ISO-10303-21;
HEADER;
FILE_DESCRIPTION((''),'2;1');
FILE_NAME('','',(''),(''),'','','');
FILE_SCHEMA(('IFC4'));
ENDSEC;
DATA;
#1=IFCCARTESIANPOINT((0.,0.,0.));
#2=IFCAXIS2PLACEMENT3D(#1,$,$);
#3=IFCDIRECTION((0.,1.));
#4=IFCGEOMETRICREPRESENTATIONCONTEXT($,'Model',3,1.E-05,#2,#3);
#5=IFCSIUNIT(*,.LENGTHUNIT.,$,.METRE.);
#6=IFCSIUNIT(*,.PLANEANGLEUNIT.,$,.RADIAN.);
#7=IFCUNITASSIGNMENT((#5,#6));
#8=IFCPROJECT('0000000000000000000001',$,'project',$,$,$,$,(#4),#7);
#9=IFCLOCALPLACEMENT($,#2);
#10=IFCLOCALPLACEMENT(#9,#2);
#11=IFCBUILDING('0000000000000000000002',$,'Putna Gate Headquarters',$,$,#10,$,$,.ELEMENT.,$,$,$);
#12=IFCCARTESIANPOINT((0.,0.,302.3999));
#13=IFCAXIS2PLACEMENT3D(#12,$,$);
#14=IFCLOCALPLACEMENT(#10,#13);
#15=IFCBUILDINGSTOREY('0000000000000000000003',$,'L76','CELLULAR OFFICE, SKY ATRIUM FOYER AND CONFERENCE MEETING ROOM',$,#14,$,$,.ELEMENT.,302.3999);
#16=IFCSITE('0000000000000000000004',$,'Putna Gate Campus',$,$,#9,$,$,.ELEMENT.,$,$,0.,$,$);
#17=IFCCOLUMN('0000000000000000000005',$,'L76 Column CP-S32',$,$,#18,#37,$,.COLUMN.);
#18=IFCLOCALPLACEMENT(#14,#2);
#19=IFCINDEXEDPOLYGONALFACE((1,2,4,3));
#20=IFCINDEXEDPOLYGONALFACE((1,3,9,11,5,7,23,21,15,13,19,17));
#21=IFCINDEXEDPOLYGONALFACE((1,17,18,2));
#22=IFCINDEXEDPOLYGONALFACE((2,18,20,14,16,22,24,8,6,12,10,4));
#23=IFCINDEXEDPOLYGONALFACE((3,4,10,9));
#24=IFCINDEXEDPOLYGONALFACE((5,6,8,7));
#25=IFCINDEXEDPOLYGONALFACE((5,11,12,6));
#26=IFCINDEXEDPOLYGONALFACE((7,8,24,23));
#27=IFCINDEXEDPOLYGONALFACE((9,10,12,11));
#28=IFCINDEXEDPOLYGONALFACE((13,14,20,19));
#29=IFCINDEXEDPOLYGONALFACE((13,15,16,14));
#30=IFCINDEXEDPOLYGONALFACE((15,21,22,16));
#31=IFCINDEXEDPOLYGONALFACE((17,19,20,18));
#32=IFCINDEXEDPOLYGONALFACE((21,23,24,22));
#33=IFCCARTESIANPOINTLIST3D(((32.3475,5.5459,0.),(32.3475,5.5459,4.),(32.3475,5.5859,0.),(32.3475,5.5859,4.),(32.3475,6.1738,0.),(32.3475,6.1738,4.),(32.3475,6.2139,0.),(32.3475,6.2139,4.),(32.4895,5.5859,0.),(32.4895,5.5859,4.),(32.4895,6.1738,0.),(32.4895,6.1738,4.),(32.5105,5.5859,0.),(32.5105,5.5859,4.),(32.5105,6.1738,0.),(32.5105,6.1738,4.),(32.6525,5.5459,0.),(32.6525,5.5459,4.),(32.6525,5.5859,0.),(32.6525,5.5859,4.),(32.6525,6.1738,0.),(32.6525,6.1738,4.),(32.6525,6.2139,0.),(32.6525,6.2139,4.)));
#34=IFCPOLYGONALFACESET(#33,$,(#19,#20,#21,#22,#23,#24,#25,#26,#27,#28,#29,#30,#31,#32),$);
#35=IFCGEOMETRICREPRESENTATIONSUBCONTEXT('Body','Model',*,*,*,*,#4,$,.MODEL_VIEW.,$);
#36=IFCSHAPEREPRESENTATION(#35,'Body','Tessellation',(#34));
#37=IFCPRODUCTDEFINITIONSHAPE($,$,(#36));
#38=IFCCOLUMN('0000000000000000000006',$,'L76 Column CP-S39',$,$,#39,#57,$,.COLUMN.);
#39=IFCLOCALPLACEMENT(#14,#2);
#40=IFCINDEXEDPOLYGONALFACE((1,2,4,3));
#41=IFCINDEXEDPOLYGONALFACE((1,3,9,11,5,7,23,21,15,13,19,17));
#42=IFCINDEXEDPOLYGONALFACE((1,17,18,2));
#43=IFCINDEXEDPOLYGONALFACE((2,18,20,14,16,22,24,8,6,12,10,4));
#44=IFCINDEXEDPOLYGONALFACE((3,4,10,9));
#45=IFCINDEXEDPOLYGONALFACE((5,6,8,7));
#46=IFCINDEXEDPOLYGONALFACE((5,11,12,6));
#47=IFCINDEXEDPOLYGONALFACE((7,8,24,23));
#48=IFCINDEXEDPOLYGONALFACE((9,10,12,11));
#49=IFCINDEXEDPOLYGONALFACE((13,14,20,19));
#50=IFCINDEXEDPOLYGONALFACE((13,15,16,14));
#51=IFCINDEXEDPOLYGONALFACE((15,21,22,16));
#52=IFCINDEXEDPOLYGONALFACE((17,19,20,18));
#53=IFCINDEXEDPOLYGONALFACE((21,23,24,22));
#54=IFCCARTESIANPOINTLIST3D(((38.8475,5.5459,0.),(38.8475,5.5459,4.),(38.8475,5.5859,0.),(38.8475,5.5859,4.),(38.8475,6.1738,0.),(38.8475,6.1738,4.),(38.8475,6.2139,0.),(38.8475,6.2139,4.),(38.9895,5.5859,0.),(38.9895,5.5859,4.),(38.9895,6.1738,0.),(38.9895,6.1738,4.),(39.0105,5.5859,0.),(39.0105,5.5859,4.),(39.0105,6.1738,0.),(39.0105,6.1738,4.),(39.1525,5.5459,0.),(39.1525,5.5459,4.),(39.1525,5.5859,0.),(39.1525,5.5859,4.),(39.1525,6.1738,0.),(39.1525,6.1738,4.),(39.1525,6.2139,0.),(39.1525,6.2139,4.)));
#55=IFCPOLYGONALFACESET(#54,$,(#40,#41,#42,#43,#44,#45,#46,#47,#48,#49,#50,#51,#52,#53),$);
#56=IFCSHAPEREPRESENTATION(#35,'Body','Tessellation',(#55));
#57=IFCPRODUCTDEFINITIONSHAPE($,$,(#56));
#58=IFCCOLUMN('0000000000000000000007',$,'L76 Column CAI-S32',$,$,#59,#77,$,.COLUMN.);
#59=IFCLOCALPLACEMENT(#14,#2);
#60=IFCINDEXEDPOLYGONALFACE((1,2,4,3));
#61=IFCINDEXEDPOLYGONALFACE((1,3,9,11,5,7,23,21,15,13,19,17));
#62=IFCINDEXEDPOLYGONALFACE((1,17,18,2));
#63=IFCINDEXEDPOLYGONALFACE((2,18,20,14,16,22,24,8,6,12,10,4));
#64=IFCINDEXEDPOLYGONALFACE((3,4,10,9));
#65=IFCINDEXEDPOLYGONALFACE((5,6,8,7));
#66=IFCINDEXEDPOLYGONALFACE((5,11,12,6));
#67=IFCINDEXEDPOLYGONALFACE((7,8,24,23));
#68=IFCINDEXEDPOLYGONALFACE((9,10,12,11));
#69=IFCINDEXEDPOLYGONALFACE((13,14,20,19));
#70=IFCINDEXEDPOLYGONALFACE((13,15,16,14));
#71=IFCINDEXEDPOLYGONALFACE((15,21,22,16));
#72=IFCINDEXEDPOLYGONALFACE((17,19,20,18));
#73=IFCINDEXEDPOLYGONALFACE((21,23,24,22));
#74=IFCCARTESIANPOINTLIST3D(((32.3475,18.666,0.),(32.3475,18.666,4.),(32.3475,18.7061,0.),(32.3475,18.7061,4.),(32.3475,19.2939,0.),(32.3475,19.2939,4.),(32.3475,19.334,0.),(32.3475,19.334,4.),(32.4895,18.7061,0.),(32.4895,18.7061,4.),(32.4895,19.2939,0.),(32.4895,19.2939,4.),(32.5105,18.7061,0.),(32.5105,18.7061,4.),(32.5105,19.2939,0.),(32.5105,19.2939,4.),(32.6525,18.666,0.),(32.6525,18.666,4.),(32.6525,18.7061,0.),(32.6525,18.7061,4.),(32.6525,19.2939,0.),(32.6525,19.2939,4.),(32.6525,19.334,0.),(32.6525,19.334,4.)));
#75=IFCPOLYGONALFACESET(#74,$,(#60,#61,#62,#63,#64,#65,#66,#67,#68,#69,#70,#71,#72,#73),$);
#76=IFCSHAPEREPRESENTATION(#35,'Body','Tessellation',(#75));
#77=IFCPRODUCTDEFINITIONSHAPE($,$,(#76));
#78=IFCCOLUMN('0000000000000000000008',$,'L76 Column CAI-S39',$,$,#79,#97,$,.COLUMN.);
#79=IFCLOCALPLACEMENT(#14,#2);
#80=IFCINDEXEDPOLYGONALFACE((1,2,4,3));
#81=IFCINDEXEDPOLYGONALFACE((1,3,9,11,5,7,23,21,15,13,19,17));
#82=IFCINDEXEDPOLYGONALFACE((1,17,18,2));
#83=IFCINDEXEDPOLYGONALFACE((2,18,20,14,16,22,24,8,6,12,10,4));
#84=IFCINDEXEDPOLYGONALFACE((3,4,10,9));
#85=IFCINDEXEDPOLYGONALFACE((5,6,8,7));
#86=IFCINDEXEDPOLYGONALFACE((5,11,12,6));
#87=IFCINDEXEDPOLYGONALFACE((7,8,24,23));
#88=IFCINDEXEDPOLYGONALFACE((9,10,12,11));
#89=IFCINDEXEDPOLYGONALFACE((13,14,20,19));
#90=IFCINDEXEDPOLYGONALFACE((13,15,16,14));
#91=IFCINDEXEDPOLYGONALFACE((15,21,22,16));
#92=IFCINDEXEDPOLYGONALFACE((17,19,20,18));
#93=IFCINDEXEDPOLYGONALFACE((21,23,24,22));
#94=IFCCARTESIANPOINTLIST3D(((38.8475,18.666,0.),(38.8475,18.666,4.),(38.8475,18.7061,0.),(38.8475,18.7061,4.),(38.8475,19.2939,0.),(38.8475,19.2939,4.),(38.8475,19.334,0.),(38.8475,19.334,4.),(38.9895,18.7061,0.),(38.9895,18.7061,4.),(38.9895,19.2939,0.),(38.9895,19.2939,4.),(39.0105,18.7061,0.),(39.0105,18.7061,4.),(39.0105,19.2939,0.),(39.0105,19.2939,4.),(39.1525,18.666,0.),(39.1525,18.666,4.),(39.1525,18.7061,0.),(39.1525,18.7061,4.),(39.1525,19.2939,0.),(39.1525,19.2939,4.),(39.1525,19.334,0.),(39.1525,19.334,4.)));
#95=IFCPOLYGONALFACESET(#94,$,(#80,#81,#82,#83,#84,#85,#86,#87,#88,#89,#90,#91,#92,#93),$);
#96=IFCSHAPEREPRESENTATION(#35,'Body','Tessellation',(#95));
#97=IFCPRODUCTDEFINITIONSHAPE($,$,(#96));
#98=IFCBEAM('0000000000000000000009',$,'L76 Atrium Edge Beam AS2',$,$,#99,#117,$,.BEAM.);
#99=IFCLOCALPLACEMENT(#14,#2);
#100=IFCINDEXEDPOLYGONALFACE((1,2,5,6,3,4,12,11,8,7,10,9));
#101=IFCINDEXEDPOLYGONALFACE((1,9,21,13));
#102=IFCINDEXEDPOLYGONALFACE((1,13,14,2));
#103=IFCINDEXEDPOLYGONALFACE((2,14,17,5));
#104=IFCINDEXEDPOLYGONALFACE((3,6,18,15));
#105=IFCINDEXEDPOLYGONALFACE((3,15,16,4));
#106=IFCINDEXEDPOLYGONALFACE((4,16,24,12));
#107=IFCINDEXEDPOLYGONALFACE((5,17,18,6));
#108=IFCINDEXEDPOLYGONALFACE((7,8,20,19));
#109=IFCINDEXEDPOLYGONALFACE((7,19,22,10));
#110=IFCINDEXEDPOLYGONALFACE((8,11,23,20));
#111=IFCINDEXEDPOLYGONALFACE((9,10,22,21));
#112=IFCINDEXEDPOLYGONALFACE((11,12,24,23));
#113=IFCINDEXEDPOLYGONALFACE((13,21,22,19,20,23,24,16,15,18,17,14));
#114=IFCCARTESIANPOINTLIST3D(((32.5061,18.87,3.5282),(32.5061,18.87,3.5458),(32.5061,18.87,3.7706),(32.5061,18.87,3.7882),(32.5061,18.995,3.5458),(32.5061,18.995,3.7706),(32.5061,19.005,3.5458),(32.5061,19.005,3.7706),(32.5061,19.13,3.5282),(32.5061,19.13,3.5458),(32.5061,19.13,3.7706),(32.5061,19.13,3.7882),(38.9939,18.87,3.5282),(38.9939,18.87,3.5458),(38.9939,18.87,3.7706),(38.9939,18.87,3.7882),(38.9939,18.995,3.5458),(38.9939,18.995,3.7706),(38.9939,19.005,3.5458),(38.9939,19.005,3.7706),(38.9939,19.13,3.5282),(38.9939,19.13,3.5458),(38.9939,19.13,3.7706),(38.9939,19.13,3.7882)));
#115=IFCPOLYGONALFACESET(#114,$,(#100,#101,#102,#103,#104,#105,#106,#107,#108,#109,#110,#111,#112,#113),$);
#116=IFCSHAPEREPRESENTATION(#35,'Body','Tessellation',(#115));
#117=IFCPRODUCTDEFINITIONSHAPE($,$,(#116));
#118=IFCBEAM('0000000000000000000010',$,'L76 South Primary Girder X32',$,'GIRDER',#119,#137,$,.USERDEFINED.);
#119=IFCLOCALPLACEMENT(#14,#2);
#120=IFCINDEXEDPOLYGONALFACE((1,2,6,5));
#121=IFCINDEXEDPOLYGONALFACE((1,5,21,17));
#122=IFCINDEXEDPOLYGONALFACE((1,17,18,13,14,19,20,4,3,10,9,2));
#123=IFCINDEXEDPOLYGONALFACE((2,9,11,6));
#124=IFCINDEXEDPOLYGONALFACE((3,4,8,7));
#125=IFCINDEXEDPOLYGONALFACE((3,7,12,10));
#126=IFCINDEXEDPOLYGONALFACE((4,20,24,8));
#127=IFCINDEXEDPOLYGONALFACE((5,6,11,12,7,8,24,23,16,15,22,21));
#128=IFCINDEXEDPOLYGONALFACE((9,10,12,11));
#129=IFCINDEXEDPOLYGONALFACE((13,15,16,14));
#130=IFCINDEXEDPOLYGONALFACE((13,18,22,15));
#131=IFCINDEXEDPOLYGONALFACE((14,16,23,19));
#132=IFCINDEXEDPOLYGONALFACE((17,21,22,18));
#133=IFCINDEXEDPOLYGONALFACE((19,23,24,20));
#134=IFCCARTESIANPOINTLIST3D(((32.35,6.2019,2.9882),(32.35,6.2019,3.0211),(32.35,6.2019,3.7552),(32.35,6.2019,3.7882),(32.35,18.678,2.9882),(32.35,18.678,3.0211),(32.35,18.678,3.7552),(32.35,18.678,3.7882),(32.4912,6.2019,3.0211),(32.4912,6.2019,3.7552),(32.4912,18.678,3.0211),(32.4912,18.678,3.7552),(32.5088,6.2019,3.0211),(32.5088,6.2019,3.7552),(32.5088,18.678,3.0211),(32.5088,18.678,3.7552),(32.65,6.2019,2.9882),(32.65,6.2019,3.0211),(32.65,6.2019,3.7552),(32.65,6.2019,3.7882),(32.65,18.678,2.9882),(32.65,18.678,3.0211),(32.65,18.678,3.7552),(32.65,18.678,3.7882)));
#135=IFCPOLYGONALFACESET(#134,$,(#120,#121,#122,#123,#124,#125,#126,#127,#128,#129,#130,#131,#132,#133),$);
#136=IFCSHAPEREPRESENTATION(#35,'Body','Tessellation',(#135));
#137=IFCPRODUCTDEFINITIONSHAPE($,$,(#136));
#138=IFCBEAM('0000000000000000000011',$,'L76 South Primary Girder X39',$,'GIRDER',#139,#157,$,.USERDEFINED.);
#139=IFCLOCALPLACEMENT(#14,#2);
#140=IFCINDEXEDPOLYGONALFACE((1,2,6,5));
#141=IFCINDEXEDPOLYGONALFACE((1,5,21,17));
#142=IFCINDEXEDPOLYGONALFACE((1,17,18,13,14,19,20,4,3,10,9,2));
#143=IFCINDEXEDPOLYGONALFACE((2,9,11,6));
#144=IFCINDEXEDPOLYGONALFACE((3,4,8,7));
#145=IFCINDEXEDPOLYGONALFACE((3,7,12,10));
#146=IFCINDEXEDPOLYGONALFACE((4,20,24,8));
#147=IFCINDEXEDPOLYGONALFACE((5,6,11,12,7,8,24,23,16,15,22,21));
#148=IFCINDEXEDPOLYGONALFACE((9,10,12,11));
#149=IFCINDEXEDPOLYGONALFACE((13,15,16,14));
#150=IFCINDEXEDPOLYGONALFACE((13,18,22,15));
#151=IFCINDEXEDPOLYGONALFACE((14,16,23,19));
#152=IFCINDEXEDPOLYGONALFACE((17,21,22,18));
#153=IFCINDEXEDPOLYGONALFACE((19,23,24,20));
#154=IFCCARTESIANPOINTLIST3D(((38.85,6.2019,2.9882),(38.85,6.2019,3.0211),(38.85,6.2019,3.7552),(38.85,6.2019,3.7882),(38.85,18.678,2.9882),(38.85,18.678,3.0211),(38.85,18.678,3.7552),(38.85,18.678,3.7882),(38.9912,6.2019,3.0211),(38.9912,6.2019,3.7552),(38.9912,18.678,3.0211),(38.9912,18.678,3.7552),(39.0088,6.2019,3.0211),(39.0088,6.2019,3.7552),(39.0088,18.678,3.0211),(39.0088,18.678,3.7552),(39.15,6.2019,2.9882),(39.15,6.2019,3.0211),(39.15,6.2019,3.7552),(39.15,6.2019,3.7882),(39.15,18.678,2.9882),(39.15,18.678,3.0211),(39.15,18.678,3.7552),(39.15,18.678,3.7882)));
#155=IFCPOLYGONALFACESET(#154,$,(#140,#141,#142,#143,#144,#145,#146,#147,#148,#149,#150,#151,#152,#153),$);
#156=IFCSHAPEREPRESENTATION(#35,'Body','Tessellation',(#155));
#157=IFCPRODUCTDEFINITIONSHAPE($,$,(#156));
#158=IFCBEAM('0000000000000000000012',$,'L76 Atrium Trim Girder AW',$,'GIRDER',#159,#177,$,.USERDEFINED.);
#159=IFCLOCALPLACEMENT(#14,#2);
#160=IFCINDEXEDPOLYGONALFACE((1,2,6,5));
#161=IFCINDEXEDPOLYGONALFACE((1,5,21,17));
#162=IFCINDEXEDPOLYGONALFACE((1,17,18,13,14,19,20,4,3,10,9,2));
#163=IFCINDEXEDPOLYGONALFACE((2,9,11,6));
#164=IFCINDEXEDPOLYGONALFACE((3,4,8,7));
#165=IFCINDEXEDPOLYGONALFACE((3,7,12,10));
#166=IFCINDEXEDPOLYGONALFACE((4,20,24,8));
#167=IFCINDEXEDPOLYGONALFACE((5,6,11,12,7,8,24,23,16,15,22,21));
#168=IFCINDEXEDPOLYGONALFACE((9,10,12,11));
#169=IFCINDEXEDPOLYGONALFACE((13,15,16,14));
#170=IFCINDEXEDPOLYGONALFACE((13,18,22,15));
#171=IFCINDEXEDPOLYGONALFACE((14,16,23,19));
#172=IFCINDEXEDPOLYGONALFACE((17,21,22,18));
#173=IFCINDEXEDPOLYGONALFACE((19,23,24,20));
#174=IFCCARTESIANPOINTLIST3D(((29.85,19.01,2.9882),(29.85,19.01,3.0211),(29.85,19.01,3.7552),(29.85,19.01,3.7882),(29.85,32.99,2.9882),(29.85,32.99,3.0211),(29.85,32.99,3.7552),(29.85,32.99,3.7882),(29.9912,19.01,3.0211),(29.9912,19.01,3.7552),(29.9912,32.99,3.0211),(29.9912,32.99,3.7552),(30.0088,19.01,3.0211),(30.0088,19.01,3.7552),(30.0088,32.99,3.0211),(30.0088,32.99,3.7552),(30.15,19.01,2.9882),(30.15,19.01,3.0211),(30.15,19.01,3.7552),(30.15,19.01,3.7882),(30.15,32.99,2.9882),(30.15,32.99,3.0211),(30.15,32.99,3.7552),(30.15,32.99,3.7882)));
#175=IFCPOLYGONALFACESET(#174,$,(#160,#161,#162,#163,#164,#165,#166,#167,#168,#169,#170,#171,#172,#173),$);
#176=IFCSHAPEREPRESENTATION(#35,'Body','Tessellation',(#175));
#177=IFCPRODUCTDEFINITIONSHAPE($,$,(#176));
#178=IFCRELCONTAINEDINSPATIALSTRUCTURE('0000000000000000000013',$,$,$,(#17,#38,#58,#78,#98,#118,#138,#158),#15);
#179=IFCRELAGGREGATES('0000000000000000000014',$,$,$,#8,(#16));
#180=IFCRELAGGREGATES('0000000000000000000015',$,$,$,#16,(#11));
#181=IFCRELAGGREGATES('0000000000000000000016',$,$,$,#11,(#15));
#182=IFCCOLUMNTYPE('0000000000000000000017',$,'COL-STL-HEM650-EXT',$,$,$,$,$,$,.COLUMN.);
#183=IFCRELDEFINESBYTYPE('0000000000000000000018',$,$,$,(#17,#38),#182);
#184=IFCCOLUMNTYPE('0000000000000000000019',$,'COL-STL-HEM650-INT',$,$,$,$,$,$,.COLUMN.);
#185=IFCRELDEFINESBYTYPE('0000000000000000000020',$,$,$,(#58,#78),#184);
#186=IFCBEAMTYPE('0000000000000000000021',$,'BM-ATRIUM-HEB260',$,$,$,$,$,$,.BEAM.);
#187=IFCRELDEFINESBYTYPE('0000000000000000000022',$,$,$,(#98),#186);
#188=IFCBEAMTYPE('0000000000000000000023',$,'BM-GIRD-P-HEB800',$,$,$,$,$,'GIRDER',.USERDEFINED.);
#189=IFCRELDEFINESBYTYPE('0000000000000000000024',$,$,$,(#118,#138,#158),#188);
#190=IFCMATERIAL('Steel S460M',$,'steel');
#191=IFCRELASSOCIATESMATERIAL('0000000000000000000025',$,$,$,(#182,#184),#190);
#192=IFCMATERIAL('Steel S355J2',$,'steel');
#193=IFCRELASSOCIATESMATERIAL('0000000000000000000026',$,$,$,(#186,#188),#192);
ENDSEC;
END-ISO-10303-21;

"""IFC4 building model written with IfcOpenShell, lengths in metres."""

from ifc_helpers import new_model, si_unit, direction, frame, origin, origin_2d, place, context, subcontext, project, spatial, i_section, extrude, material, material_profile, profile_set, type_object, element, save


model = new_model("IFC4")

# Units and contexts
model_context = context("Model", 3, precision=1e-05, world=origin(), true_north=direction((0.0, 1.0)))
body_context = subcontext(model_context, "Body", "Model", "MODEL_VIEW")
ifc_project = project(units=[si_unit("LENGTHUNIT", "METRE"), si_unit("PLANEANGLEUNIT", "RADIAN")], contexts=[model_context])

# Site, building, storey
site_placement = place(None, origin())
site = spatial("IfcSite", under=ifc_project, at=site_placement, Name="Putna Gate Campus", CompositionType="ELEMENT", RefElevation=0.0)
building_placement = place(site_placement, origin())
building = spatial("IfcBuilding", under=site, at=building_placement, Name="Putna Gate Headquarters", CompositionType="ELEMENT")
storey_placement = place(building_placement, frame((0.0, 0.0, 302.3999)))
storey = spatial("IfcBuildingStorey", under=building, at=storey_placement, Name="L76", Description="CELLULAR OFFICE, SKY ATRIUM FOYER AND CONFERENCE MEETING ROOM", CompositionType="ELEMENT", Elevation=302.3999)

# Columns
ifc_material_1 = material(Name="Steel S460M", Category="steel")
ifc_material_profile_1 = material_profile(ifc_material_1, i_section(OverallWidth=0.3049, OverallDepth=0.668, WebThickness=0.021, FlangeThickness=0.04, at=origin_2d()), Name="Steel S460M")
ifc_profile_set_1 = profile_set([ifc_material_profile_1], Name="Steel S460M")
column_type_1 = type_object("IfcColumnType", Name="COL-STL-HEM650-EXT", PredefinedType="COLUMN", material=ifc_profile_set_1)
for number, where, z_axis, x_axis, name in (
    (1, (32.5, 5.8799, 0.0), (0.0, 0.0, 1.0), (1.0, 0.0, 0.0), "L76 Column CP-S32"),
    (2, (39.0, 5.8799, 0.0), (0.0, 0.0, 1.0), (1.0, 0.0, 0.0), "L76 Column CP-S39"),
):
    element("IfcColumn", number, at=place(storey_placement, frame(where, z_axis=z_axis, x_axis=x_axis)), inside=storey, type_object=column_type_1, Name=name, PredefinedType="COLUMN", context=body_context, shape_type="SweptSolid", body=[
        extrude(i_section(OverallWidth=0.3049, OverallDepth=0.668, WebThickness=0.021, FlangeThickness=0.04, at=origin_2d()), origin(), (0.0, 0.0, 1.0), 4.0),
    ])
ifc_material_profile_2 = material_profile(ifc_material_1, i_section(OverallWidth=0.3049, OverallDepth=0.668, WebThickness=0.021, FlangeThickness=0.04, at=origin_2d()), Name="Steel S460M")
ifc_profile_set_2 = profile_set([ifc_material_profile_2], Name="Steel S460M")
column_type_2 = type_object("IfcColumnType", Name="COL-STL-HEM650-INT", PredefinedType="COLUMN", material=ifc_profile_set_2)
for number, where, z_axis, x_axis, name in (
    (3, (32.5, 19.0, 0.0), (0.0, 0.0, 1.0), (1.0, 0.0, 0.0), "L76 Column CAI-S32"),
    (4, (39.0, 19.0, 0.0), (0.0, 0.0, 1.0), (1.0, 0.0, 0.0), "L76 Column CAI-S39"),
):
    element("IfcColumn", number, at=place(storey_placement, frame(where, z_axis=z_axis, x_axis=x_axis)), inside=storey, type_object=column_type_2, Name=name, PredefinedType="COLUMN", context=body_context, shape_type="SweptSolid", body=[
        extrude(i_section(OverallWidth=0.3049, OverallDepth=0.668, WebThickness=0.021, FlangeThickness=0.04, at=origin_2d()), origin(), (0.0, 0.0, 1.0), 4.0),
    ])

# Beams
ifc_material_2 = material(Name="Steel S355J2", Category="steel")
ifc_material_profile_3 = material_profile(ifc_material_2, i_section(OverallWidth=0.26, OverallDepth=0.26, WebThickness=0.01, FlangeThickness=0.0176, at=origin_2d()), Name="Steel S355J2")
ifc_profile_set_3 = profile_set([ifc_material_profile_3], Name="Steel S355J2")
beam_type_1 = type_object("IfcBeamType", Name="BM-ATRIUM-HEB260", PredefinedType="BEAM", material=ifc_profile_set_3)
beam_1_placement = place(storey_placement, frame((32.5061, 19.0, 3.6582), z_axis=(1.0, 0.0, 0.0), x_axis=(0.0, 1.0, 0.0)))
element("IfcBeam", 5, at=beam_1_placement, inside=storey, type_object=beam_type_1, Name="L76 Atrium Edge Beam AS2", PredefinedType="BEAM", context=body_context, shape_type="SweptSolid", body=[
    extrude(i_section(OverallWidth=0.26, OverallDepth=0.26, WebThickness=0.01, FlangeThickness=0.0176, at=origin_2d()), origin(), (0.0, 0.0, 1.0), 6.4878),
])
ifc_material_profile_4 = material_profile(ifc_material_2, i_section(OverallWidth=0.3, OverallDepth=0.8, WebThickness=0.0176, FlangeThickness=0.033, at=origin_2d()), Name="Steel S355J2")
ifc_profile_set_4 = profile_set([ifc_material_profile_4], Name="Steel S355J2")
beam_type_2 = type_object("IfcBeamType", Name="BM-GIRD-P-HEB800", ElementType="GIRDER", PredefinedType="USERDEFINED", material=ifc_profile_set_4)
for number, where, z_axis, x_axis, name in (
    (6, (32.5, 6.2019, 3.3882), (0.0, 1.0, 0.0), (-1.0, 0.0, 0.0), "L76 South Primary Girder X32"),
    (7, (39.0, 6.2019, 3.3882), (0.0, 1.0, 0.0), (-1.0, 0.0, 0.0), "L76 South Primary Girder X39"),
):
    element("IfcBeam", number, at=place(storey_placement, frame(where, z_axis=z_axis, x_axis=x_axis)), inside=storey, type_object=beam_type_2, Name=name, ObjectType="GIRDER", PredefinedType="USERDEFINED", context=body_context, shape_type="SweptSolid", body=[
        extrude(i_section(OverallWidth=0.3, OverallDepth=0.8, WebThickness=0.0176, FlangeThickness=0.033, at=origin_2d()), origin(), (0.0, 0.0, 1.0), 12.4761),
    ])
beam_2_placement = place(storey_placement, frame((30.0, 19.01, 3.3882), z_axis=(0.0, 1.0, 0.0), x_axis=(-1.0, 0.0, 0.0)))
element("IfcBeam", 8, at=beam_2_placement, inside=storey, type_object=beam_type_2, Name="L76 Atrium Trim Girder AW", ObjectType="GIRDER", PredefinedType="USERDEFINED", context=body_context, shape_type="SweptSolid", body=[
    extrude(i_section(OverallWidth=0.3, OverallDepth=0.8, WebThickness=0.0176, FlangeThickness=0.033, at=origin_2d()), origin(), (0.0, 0.0, 1.0), 13.98),
])

save(model, "model.ifc")
